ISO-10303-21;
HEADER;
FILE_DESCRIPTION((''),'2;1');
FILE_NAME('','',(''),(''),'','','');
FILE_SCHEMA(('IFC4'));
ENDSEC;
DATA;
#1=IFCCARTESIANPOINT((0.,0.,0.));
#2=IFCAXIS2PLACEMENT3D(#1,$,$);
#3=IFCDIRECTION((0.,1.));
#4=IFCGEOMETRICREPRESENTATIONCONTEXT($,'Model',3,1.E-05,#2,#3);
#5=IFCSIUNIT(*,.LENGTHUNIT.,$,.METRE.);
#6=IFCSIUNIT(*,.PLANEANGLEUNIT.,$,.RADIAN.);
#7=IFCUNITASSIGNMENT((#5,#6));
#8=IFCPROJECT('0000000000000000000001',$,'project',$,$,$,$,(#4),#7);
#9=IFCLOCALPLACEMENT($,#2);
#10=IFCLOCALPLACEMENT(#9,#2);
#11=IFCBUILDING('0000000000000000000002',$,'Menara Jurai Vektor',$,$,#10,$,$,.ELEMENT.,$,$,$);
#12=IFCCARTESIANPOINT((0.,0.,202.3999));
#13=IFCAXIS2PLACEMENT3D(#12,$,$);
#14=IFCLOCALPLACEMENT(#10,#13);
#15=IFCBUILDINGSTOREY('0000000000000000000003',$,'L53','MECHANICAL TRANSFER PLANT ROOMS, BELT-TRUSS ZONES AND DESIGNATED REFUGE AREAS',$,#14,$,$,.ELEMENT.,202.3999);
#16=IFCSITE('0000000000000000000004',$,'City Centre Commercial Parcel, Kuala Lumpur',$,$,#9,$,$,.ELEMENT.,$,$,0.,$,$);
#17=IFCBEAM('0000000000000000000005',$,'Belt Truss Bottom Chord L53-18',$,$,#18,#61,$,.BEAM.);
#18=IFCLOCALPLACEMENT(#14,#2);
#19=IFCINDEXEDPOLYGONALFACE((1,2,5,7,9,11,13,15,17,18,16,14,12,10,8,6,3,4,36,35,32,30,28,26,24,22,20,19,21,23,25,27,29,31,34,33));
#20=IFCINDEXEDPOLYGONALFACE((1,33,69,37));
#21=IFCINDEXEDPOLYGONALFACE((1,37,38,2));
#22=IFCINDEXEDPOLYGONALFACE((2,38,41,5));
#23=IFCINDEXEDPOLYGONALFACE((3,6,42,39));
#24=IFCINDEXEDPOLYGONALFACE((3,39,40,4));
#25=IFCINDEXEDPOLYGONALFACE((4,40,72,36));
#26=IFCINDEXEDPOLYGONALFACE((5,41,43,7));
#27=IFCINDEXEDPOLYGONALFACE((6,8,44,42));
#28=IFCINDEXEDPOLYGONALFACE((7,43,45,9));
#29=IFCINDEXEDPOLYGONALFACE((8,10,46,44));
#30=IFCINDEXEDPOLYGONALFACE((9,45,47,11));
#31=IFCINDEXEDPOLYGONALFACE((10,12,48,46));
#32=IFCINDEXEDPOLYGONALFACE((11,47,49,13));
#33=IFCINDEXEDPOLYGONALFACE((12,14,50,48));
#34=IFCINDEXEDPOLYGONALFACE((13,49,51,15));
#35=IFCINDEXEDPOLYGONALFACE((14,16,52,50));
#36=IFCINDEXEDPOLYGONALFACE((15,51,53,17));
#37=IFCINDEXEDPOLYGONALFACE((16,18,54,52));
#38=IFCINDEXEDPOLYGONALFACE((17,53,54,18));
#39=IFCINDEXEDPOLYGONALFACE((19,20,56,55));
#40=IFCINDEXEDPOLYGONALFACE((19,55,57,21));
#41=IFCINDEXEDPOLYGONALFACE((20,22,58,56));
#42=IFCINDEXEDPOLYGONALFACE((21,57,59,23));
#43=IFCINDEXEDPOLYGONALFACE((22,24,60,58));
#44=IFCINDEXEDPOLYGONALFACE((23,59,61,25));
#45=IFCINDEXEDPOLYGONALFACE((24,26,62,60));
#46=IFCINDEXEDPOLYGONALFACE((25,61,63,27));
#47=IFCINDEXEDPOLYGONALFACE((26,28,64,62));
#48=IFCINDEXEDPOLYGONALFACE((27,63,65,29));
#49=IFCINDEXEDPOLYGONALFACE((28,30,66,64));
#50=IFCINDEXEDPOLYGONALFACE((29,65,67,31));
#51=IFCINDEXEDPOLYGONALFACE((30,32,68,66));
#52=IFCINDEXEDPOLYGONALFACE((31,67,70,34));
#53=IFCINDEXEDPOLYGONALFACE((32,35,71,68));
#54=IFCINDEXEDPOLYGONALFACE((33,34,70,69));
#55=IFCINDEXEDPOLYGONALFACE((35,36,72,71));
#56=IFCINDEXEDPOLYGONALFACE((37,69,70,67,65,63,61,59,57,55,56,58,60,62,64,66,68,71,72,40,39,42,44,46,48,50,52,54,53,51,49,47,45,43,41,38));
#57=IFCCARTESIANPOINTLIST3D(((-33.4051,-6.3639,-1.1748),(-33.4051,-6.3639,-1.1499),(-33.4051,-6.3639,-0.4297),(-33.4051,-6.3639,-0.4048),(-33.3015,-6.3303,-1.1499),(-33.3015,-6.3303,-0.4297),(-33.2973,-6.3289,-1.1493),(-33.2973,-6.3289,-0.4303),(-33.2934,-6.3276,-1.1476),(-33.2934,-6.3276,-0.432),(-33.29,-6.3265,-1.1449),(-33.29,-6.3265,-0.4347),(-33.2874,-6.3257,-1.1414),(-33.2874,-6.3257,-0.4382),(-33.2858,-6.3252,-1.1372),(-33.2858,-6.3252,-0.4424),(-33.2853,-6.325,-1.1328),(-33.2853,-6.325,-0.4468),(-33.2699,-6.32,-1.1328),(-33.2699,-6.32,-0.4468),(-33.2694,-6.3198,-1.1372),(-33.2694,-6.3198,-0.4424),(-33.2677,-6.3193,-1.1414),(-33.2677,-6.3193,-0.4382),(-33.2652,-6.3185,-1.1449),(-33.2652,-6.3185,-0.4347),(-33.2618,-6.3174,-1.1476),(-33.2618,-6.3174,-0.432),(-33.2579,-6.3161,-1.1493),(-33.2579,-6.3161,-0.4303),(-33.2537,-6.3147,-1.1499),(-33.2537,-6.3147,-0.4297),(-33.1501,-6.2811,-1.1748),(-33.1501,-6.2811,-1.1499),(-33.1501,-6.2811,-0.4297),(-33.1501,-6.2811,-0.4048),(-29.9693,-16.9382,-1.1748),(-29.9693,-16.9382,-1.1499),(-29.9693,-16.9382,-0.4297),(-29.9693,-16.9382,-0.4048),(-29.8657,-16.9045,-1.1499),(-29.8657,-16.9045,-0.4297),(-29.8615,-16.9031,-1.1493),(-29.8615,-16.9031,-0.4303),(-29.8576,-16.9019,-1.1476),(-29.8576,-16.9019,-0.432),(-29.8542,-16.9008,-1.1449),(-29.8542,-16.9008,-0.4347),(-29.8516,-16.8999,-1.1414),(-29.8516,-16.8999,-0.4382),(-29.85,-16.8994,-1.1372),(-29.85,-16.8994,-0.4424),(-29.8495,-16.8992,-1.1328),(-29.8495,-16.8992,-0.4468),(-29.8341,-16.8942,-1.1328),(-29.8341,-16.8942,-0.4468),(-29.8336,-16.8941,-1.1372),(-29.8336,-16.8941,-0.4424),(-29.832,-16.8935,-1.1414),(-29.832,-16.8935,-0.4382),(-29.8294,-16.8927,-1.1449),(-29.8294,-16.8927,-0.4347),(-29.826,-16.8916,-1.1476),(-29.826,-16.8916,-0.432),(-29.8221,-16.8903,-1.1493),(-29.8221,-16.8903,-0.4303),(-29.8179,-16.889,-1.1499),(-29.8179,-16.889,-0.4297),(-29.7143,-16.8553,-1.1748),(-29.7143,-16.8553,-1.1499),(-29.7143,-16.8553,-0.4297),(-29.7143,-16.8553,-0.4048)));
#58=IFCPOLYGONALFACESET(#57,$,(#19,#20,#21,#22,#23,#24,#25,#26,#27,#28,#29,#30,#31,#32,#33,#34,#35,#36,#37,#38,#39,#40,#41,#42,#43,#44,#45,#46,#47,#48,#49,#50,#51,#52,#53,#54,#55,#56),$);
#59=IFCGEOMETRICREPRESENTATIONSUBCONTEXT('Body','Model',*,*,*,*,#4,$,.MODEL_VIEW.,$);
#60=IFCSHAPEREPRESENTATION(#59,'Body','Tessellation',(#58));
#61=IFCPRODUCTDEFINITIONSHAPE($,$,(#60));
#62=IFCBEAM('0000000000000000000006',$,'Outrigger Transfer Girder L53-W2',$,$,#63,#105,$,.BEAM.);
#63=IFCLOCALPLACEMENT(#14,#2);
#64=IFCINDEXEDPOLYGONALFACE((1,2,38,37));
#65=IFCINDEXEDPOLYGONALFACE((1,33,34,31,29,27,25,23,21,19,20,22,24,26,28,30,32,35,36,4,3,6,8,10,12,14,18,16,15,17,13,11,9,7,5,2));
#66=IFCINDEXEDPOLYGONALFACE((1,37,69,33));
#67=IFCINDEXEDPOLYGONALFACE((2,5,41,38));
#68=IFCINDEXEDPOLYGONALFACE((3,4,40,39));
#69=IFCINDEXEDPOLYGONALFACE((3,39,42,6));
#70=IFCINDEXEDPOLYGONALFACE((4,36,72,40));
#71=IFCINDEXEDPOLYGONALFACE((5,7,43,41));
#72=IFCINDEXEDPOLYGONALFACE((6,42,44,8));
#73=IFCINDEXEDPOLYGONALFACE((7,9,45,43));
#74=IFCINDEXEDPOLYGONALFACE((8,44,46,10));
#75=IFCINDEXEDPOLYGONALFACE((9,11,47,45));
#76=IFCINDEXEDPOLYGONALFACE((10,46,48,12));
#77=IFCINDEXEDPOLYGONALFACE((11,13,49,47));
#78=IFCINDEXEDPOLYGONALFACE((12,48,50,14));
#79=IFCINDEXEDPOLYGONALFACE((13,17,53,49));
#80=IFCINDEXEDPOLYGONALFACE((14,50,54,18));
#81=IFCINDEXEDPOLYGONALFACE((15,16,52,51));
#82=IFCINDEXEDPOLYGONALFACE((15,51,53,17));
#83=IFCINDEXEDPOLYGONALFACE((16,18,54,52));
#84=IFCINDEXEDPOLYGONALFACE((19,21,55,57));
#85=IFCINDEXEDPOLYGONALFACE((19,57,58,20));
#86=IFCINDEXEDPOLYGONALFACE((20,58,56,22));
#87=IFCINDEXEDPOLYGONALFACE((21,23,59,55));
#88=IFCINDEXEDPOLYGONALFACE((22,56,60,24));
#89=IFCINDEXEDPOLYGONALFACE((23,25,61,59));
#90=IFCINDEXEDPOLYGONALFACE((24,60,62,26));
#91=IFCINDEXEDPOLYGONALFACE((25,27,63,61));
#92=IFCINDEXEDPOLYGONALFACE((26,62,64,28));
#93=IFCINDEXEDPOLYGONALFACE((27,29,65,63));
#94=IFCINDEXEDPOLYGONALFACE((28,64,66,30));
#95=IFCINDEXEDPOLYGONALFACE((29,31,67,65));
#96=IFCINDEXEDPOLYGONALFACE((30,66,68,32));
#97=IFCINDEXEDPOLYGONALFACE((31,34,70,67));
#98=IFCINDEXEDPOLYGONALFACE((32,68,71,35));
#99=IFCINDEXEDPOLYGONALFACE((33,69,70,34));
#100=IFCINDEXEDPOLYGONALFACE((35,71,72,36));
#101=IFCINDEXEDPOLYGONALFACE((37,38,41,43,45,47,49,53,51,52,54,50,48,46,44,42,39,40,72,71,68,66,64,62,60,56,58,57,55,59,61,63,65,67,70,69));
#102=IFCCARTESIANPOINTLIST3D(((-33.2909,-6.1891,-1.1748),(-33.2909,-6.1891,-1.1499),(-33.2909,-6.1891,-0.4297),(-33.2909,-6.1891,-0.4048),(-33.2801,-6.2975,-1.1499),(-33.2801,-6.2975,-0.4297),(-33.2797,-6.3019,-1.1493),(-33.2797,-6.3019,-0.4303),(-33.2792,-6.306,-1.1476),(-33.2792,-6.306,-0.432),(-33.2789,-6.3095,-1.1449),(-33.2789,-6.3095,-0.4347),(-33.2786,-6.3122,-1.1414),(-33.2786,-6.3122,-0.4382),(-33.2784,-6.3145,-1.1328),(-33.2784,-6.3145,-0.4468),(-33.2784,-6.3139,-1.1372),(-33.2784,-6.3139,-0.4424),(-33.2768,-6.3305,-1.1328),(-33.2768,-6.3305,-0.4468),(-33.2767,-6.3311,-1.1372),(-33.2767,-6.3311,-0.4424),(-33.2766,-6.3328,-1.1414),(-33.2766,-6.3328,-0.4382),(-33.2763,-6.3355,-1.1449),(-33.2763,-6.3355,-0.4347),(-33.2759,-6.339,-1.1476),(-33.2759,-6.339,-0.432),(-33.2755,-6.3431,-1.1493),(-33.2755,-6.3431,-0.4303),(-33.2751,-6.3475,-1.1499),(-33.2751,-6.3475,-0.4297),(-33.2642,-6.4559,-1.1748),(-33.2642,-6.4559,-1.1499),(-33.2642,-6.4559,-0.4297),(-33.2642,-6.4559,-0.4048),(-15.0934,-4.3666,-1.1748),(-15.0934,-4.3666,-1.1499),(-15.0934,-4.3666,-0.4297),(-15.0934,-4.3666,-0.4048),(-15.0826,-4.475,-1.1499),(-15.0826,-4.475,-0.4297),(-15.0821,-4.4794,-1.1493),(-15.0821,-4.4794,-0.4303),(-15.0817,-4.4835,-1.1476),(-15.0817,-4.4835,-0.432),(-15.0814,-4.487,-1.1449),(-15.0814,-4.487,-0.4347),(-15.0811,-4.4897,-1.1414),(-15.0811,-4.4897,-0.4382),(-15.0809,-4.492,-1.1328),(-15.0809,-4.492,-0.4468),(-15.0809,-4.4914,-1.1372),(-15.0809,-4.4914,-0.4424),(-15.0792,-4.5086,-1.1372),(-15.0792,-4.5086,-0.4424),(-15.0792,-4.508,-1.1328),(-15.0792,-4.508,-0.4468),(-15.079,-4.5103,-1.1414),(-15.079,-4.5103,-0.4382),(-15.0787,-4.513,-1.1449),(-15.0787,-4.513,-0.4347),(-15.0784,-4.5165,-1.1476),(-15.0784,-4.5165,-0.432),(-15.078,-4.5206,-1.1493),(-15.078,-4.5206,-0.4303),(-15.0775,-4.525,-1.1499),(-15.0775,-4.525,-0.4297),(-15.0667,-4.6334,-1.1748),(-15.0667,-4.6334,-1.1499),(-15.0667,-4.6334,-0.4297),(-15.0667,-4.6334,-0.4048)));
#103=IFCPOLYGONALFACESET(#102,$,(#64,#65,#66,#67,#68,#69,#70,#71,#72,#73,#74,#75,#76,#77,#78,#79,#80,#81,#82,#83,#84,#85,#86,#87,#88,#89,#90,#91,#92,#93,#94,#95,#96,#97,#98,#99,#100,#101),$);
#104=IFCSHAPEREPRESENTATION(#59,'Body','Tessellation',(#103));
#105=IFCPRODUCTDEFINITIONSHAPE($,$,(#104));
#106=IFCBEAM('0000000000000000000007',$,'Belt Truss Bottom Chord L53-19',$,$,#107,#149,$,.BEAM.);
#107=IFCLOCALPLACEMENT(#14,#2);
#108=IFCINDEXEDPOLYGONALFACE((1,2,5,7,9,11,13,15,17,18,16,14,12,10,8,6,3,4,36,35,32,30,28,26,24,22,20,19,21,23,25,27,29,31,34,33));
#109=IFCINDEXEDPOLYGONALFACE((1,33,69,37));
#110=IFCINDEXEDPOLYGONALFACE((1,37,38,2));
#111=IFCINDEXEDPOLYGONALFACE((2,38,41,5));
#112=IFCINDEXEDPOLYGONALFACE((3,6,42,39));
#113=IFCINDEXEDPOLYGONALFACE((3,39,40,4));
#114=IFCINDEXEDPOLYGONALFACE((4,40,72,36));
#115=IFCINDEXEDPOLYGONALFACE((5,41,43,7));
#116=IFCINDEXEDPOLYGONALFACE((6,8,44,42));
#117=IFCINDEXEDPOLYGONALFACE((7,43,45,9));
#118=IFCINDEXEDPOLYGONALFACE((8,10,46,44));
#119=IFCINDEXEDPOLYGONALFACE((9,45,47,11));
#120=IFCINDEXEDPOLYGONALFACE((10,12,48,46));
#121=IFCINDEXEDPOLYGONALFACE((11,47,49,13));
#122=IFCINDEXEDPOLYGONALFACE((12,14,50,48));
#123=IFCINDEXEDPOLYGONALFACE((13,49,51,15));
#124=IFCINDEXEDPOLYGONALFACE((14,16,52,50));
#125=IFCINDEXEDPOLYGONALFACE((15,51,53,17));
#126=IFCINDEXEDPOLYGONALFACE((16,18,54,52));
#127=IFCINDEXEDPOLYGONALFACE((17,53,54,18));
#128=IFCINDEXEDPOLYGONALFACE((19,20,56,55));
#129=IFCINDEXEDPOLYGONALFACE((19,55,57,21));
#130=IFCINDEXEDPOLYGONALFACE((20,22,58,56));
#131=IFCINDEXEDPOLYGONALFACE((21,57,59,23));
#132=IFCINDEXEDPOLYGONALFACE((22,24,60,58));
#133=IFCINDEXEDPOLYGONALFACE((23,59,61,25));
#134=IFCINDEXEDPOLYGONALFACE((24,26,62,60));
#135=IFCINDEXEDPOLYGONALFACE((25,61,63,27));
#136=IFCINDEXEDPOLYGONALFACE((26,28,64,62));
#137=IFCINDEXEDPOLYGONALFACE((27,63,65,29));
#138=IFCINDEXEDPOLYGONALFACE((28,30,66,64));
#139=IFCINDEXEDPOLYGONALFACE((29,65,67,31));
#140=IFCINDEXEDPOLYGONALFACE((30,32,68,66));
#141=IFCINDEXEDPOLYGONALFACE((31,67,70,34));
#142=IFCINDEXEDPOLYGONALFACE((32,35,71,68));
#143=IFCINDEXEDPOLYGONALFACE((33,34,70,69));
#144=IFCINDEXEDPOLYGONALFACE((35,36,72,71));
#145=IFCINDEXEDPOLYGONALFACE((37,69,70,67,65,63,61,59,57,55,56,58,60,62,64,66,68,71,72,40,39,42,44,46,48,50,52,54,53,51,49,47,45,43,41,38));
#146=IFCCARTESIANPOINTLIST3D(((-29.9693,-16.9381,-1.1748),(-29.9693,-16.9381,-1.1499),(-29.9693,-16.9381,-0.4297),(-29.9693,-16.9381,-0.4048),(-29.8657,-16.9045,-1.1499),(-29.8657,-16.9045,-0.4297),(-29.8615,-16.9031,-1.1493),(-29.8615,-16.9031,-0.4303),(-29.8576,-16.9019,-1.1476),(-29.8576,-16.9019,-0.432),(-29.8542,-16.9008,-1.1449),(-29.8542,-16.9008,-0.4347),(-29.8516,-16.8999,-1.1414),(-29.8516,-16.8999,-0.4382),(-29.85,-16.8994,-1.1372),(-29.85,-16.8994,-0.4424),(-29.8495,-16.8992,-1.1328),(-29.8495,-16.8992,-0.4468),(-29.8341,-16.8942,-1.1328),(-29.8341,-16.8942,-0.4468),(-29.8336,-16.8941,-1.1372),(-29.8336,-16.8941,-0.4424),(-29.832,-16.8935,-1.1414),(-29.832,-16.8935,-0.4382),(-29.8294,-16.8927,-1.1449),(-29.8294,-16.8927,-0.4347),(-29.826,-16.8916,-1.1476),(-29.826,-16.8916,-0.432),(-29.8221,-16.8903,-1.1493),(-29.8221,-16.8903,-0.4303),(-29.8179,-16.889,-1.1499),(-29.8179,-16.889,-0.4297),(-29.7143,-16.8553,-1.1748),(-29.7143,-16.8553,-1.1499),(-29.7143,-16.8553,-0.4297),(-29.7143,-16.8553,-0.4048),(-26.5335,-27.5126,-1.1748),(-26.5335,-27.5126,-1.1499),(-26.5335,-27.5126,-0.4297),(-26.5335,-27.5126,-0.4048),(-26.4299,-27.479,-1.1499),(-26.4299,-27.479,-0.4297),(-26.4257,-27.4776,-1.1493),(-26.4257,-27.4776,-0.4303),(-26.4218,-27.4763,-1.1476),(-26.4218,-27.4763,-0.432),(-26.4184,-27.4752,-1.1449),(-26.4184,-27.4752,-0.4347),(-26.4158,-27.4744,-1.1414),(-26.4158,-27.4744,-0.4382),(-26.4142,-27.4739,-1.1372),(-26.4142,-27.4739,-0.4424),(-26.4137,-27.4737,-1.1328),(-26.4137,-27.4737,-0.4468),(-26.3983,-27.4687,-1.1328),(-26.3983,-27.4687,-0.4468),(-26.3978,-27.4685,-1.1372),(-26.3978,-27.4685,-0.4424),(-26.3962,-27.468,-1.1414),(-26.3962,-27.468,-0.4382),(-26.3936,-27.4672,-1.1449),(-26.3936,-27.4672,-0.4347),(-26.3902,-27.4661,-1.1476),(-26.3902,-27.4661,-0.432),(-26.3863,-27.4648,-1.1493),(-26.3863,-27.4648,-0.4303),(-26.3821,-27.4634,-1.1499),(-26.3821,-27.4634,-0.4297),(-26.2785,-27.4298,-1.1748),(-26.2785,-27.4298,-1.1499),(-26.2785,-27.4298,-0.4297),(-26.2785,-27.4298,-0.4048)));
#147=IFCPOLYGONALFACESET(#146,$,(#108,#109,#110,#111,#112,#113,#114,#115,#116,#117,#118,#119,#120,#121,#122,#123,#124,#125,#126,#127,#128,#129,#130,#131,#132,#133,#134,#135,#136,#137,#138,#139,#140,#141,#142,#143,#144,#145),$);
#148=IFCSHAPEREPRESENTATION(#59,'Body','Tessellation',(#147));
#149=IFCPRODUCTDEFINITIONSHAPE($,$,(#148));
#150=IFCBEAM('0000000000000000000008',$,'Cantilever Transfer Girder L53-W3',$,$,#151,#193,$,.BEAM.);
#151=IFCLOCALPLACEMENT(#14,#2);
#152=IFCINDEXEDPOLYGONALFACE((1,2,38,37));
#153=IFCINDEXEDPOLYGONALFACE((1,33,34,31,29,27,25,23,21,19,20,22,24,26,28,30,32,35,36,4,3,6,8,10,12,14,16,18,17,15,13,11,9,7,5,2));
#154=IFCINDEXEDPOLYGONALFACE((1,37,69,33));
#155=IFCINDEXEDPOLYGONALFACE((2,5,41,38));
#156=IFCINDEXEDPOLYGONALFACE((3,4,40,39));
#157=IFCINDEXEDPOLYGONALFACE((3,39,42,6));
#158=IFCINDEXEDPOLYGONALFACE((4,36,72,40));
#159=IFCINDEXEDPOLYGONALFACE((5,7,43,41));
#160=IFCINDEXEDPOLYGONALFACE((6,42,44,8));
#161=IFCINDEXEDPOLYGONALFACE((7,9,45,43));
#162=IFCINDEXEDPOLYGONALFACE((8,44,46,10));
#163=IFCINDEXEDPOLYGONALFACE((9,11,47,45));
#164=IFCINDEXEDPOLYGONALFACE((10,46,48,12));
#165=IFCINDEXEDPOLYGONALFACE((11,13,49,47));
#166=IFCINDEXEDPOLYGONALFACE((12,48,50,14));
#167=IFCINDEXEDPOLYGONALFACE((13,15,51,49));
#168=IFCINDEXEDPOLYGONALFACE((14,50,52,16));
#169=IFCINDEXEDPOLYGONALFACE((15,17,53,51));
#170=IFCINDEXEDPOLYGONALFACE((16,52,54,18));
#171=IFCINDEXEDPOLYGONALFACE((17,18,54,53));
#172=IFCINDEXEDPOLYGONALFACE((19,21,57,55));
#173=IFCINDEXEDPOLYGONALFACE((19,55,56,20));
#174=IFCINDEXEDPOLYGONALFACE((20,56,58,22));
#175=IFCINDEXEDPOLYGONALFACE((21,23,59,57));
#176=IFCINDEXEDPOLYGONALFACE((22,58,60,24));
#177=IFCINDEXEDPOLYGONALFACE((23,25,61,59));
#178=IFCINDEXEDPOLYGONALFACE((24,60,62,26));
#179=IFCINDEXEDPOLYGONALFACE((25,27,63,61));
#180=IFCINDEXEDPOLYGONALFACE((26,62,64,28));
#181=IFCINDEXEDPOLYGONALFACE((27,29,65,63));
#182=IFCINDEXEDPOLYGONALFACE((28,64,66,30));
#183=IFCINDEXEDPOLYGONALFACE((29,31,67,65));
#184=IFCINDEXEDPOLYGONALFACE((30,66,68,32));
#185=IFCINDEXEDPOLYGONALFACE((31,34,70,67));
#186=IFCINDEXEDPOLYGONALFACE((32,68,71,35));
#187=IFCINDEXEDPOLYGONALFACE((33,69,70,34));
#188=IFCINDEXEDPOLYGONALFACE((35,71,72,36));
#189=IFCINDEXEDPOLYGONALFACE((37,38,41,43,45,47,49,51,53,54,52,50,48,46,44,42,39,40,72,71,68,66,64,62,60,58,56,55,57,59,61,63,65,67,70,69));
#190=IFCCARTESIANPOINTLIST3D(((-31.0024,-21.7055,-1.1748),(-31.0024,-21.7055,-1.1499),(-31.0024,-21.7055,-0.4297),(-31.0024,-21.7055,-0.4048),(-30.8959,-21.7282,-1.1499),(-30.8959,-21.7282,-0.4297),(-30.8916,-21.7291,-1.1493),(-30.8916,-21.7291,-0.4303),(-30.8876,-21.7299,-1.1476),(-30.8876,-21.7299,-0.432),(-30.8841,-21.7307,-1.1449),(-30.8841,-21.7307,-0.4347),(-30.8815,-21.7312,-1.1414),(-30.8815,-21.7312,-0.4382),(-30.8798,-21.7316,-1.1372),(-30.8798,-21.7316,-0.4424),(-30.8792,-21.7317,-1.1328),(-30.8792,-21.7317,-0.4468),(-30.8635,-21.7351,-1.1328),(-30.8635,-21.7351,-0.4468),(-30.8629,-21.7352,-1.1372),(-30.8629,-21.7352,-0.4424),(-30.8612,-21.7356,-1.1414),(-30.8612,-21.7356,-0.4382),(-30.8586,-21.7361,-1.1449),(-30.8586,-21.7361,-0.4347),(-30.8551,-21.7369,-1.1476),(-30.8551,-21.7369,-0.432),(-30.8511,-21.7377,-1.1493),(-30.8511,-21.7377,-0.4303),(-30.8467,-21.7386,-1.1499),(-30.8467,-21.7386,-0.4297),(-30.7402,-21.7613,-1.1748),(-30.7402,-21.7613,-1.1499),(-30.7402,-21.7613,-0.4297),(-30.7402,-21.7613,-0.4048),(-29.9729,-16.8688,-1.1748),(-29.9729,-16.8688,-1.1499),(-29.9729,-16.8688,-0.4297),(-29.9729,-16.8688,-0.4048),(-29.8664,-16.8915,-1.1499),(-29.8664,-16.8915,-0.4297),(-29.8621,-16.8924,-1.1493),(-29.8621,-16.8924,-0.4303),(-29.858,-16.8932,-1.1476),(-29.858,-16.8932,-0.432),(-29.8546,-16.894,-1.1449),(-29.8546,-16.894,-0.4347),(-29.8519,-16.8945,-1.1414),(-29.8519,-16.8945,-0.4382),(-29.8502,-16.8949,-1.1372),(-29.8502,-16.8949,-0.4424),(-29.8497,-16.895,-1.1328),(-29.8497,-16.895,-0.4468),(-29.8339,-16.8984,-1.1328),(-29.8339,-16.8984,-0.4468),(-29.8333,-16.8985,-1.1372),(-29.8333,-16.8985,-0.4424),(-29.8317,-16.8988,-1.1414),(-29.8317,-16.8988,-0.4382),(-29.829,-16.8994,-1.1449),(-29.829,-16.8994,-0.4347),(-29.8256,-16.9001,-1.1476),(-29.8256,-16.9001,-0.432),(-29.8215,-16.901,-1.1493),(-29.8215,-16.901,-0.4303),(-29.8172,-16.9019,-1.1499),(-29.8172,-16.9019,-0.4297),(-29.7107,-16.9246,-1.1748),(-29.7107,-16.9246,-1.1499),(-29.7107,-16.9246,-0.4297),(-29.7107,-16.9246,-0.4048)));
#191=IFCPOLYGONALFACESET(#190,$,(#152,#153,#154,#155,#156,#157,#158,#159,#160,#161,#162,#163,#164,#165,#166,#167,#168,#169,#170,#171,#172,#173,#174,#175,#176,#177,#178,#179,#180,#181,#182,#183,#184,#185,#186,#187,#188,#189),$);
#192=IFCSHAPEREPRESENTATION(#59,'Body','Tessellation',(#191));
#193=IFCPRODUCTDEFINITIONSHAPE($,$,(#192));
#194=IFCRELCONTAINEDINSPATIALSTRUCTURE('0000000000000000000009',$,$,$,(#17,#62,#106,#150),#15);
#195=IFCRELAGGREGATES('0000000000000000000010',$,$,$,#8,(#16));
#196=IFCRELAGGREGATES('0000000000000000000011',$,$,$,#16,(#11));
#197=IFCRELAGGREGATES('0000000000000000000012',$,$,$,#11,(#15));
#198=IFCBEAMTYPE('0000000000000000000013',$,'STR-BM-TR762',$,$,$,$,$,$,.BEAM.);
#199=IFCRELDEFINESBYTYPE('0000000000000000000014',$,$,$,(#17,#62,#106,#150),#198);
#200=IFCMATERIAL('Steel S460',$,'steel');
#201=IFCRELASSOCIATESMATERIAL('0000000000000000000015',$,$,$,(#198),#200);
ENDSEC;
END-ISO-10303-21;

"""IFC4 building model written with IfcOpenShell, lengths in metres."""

from ifc_helpers import new_model, si_unit, direction, frame, origin, origin_2d, place, context, subcontext, project, spatial, i_section, extrude, material, material_profile, profile_set, type_object, element, save


model = new_model("IFC4")

# Units and contexts
model_context = context("Model", 3, precision=1e-05, world=origin(), true_north=direction((0.0, 1.0)))
body_context = subcontext(model_context, "Body", "Model", "MODEL_VIEW")
ifc_project = project(units=[si_unit("LENGTHUNIT", "METRE"), si_unit("PLANEANGLEUNIT", "RADIAN")], contexts=[model_context])

# Site, building, storey
site_placement = place(None, origin())
site = spatial("IfcSite", under=ifc_project, at=site_placement, Name="City Centre Commercial Parcel, Kuala Lumpur", CompositionType="ELEMENT", RefElevation=0.0)
building_placement = place(site_placement, origin())
building = spatial("IfcBuilding", under=site, at=building_placement, Name="Menara Jurai Vektor", CompositionType="ELEMENT")
storey_placement = place(building_placement, frame((0.0, 0.0, 202.3999)))
storey = spatial("IfcBuildingStorey", under=building, at=storey_placement, Name="L53", Description="MECHANICAL TRANSFER PLANT ROOMS, BELT-TRUSS ZONES AND DESIGNATED REFUGE AREAS", CompositionType="ELEMENT", Elevation=202.3999)

# Shared definitions
ifc_material_1 = material(Name="Steel S460", Category="steel")

# Beams
ifc_material_profile_1 = material_profile(ifc_material_1, i_section(OverallWidth=0.2681, OverallDepth=0.77, WebThickness=0.0161, FlangeThickness=0.0249, FilletRadius=0.0171, at=origin_2d()), Name="UKB 762x267x197")
ifc_profile_set_1 = profile_set([ifc_material_profile_1], Name="Steel S460")
beam_type_1 = type_object("IfcBeamType", Name="STR-BM-TR762", PredefinedType="BEAM", material=ifc_profile_set_1)
beam_1_placement = place(storey_placement, frame((-33.2776, -6.3225, -0.7898), z_axis=(0.309019, -0.951056, 0.0), x_axis=(0.951056, 0.309019, 0.0)))
element("IfcBeam", 1, at=beam_1_placement, inside=storey, type_object=beam_type_1, Name="Belt Truss Bottom Chord L53-18", PredefinedType="BEAM", context=body_context, shape_type="SweptSolid", body=[
    extrude(i_section(OverallWidth=0.2681, OverallDepth=0.77, WebThickness=0.0161, FlangeThickness=0.0249, FilletRadius=0.0171, at=origin_2d()), origin(), (0.0, 0.0, 1.0), 11.1184),
])
beam_2_placement = place(storey_placement, frame((-33.2776, -6.3225, -0.7898), z_axis=(0.995022, 0.099653, 0.0), x_axis=(-0.099653, 0.995022, 0.0)))
element("IfcBeam", 2, at=beam_2_placement, inside=storey, type_object=beam_type_1, Name="Outrigger Transfer Girder L53-W2", PredefinedType="BEAM", context=body_context, shape_type="SweptSolid", body=[
    extrude(i_section(OverallWidth=0.2681, OverallDepth=0.77, WebThickness=0.0161, FlangeThickness=0.0249, FilletRadius=0.0171, at=origin_2d()), origin(), (0.0, 0.0, 1.0), 18.2886),
])
beam_3_placement = place(storey_placement, frame((-29.8418, -16.8967, -0.7898), z_axis=(0.309012, -0.951058, 0.0), x_axis=(0.951058, 0.309012, 0.0)))
element("IfcBeam", 3, at=beam_3_placement, inside=storey, type_object=beam_type_1, Name="Belt Truss Bottom Chord L53-19", PredefinedType="BEAM", context=body_context, shape_type="SweptSolid", body=[
    extrude(i_section(OverallWidth=0.2681, OverallDepth=0.77, WebThickness=0.0161, FlangeThickness=0.0249, FilletRadius=0.0171, at=origin_2d()), origin(), (0.0, 0.0, 1.0), 11.1187),
])
beam_4_placement = place(storey_placement, frame((-30.8713, -21.7334, -0.7898), z_axis=(0.208197, 0.978087, 0.0), x_axis=(-0.978087, 0.208197, 0.0)))
element("IfcBeam", 4, at=beam_4_placement, inside=storey, type_object=beam_type_1, Name="Cantilever Transfer Girder L53-W3", PredefinedType="BEAM", context=body_context, shape_type="SweptSolid", body=[
    extrude(i_section(OverallWidth=0.2681, OverallDepth=0.77, WebThickness=0.0161, FlangeThickness=0.0249, FilletRadius=0.0171, at=origin_2d()), origin(), (0.0, 0.0, 1.0), 4.9451),
])

save(model, "model.ifc")
